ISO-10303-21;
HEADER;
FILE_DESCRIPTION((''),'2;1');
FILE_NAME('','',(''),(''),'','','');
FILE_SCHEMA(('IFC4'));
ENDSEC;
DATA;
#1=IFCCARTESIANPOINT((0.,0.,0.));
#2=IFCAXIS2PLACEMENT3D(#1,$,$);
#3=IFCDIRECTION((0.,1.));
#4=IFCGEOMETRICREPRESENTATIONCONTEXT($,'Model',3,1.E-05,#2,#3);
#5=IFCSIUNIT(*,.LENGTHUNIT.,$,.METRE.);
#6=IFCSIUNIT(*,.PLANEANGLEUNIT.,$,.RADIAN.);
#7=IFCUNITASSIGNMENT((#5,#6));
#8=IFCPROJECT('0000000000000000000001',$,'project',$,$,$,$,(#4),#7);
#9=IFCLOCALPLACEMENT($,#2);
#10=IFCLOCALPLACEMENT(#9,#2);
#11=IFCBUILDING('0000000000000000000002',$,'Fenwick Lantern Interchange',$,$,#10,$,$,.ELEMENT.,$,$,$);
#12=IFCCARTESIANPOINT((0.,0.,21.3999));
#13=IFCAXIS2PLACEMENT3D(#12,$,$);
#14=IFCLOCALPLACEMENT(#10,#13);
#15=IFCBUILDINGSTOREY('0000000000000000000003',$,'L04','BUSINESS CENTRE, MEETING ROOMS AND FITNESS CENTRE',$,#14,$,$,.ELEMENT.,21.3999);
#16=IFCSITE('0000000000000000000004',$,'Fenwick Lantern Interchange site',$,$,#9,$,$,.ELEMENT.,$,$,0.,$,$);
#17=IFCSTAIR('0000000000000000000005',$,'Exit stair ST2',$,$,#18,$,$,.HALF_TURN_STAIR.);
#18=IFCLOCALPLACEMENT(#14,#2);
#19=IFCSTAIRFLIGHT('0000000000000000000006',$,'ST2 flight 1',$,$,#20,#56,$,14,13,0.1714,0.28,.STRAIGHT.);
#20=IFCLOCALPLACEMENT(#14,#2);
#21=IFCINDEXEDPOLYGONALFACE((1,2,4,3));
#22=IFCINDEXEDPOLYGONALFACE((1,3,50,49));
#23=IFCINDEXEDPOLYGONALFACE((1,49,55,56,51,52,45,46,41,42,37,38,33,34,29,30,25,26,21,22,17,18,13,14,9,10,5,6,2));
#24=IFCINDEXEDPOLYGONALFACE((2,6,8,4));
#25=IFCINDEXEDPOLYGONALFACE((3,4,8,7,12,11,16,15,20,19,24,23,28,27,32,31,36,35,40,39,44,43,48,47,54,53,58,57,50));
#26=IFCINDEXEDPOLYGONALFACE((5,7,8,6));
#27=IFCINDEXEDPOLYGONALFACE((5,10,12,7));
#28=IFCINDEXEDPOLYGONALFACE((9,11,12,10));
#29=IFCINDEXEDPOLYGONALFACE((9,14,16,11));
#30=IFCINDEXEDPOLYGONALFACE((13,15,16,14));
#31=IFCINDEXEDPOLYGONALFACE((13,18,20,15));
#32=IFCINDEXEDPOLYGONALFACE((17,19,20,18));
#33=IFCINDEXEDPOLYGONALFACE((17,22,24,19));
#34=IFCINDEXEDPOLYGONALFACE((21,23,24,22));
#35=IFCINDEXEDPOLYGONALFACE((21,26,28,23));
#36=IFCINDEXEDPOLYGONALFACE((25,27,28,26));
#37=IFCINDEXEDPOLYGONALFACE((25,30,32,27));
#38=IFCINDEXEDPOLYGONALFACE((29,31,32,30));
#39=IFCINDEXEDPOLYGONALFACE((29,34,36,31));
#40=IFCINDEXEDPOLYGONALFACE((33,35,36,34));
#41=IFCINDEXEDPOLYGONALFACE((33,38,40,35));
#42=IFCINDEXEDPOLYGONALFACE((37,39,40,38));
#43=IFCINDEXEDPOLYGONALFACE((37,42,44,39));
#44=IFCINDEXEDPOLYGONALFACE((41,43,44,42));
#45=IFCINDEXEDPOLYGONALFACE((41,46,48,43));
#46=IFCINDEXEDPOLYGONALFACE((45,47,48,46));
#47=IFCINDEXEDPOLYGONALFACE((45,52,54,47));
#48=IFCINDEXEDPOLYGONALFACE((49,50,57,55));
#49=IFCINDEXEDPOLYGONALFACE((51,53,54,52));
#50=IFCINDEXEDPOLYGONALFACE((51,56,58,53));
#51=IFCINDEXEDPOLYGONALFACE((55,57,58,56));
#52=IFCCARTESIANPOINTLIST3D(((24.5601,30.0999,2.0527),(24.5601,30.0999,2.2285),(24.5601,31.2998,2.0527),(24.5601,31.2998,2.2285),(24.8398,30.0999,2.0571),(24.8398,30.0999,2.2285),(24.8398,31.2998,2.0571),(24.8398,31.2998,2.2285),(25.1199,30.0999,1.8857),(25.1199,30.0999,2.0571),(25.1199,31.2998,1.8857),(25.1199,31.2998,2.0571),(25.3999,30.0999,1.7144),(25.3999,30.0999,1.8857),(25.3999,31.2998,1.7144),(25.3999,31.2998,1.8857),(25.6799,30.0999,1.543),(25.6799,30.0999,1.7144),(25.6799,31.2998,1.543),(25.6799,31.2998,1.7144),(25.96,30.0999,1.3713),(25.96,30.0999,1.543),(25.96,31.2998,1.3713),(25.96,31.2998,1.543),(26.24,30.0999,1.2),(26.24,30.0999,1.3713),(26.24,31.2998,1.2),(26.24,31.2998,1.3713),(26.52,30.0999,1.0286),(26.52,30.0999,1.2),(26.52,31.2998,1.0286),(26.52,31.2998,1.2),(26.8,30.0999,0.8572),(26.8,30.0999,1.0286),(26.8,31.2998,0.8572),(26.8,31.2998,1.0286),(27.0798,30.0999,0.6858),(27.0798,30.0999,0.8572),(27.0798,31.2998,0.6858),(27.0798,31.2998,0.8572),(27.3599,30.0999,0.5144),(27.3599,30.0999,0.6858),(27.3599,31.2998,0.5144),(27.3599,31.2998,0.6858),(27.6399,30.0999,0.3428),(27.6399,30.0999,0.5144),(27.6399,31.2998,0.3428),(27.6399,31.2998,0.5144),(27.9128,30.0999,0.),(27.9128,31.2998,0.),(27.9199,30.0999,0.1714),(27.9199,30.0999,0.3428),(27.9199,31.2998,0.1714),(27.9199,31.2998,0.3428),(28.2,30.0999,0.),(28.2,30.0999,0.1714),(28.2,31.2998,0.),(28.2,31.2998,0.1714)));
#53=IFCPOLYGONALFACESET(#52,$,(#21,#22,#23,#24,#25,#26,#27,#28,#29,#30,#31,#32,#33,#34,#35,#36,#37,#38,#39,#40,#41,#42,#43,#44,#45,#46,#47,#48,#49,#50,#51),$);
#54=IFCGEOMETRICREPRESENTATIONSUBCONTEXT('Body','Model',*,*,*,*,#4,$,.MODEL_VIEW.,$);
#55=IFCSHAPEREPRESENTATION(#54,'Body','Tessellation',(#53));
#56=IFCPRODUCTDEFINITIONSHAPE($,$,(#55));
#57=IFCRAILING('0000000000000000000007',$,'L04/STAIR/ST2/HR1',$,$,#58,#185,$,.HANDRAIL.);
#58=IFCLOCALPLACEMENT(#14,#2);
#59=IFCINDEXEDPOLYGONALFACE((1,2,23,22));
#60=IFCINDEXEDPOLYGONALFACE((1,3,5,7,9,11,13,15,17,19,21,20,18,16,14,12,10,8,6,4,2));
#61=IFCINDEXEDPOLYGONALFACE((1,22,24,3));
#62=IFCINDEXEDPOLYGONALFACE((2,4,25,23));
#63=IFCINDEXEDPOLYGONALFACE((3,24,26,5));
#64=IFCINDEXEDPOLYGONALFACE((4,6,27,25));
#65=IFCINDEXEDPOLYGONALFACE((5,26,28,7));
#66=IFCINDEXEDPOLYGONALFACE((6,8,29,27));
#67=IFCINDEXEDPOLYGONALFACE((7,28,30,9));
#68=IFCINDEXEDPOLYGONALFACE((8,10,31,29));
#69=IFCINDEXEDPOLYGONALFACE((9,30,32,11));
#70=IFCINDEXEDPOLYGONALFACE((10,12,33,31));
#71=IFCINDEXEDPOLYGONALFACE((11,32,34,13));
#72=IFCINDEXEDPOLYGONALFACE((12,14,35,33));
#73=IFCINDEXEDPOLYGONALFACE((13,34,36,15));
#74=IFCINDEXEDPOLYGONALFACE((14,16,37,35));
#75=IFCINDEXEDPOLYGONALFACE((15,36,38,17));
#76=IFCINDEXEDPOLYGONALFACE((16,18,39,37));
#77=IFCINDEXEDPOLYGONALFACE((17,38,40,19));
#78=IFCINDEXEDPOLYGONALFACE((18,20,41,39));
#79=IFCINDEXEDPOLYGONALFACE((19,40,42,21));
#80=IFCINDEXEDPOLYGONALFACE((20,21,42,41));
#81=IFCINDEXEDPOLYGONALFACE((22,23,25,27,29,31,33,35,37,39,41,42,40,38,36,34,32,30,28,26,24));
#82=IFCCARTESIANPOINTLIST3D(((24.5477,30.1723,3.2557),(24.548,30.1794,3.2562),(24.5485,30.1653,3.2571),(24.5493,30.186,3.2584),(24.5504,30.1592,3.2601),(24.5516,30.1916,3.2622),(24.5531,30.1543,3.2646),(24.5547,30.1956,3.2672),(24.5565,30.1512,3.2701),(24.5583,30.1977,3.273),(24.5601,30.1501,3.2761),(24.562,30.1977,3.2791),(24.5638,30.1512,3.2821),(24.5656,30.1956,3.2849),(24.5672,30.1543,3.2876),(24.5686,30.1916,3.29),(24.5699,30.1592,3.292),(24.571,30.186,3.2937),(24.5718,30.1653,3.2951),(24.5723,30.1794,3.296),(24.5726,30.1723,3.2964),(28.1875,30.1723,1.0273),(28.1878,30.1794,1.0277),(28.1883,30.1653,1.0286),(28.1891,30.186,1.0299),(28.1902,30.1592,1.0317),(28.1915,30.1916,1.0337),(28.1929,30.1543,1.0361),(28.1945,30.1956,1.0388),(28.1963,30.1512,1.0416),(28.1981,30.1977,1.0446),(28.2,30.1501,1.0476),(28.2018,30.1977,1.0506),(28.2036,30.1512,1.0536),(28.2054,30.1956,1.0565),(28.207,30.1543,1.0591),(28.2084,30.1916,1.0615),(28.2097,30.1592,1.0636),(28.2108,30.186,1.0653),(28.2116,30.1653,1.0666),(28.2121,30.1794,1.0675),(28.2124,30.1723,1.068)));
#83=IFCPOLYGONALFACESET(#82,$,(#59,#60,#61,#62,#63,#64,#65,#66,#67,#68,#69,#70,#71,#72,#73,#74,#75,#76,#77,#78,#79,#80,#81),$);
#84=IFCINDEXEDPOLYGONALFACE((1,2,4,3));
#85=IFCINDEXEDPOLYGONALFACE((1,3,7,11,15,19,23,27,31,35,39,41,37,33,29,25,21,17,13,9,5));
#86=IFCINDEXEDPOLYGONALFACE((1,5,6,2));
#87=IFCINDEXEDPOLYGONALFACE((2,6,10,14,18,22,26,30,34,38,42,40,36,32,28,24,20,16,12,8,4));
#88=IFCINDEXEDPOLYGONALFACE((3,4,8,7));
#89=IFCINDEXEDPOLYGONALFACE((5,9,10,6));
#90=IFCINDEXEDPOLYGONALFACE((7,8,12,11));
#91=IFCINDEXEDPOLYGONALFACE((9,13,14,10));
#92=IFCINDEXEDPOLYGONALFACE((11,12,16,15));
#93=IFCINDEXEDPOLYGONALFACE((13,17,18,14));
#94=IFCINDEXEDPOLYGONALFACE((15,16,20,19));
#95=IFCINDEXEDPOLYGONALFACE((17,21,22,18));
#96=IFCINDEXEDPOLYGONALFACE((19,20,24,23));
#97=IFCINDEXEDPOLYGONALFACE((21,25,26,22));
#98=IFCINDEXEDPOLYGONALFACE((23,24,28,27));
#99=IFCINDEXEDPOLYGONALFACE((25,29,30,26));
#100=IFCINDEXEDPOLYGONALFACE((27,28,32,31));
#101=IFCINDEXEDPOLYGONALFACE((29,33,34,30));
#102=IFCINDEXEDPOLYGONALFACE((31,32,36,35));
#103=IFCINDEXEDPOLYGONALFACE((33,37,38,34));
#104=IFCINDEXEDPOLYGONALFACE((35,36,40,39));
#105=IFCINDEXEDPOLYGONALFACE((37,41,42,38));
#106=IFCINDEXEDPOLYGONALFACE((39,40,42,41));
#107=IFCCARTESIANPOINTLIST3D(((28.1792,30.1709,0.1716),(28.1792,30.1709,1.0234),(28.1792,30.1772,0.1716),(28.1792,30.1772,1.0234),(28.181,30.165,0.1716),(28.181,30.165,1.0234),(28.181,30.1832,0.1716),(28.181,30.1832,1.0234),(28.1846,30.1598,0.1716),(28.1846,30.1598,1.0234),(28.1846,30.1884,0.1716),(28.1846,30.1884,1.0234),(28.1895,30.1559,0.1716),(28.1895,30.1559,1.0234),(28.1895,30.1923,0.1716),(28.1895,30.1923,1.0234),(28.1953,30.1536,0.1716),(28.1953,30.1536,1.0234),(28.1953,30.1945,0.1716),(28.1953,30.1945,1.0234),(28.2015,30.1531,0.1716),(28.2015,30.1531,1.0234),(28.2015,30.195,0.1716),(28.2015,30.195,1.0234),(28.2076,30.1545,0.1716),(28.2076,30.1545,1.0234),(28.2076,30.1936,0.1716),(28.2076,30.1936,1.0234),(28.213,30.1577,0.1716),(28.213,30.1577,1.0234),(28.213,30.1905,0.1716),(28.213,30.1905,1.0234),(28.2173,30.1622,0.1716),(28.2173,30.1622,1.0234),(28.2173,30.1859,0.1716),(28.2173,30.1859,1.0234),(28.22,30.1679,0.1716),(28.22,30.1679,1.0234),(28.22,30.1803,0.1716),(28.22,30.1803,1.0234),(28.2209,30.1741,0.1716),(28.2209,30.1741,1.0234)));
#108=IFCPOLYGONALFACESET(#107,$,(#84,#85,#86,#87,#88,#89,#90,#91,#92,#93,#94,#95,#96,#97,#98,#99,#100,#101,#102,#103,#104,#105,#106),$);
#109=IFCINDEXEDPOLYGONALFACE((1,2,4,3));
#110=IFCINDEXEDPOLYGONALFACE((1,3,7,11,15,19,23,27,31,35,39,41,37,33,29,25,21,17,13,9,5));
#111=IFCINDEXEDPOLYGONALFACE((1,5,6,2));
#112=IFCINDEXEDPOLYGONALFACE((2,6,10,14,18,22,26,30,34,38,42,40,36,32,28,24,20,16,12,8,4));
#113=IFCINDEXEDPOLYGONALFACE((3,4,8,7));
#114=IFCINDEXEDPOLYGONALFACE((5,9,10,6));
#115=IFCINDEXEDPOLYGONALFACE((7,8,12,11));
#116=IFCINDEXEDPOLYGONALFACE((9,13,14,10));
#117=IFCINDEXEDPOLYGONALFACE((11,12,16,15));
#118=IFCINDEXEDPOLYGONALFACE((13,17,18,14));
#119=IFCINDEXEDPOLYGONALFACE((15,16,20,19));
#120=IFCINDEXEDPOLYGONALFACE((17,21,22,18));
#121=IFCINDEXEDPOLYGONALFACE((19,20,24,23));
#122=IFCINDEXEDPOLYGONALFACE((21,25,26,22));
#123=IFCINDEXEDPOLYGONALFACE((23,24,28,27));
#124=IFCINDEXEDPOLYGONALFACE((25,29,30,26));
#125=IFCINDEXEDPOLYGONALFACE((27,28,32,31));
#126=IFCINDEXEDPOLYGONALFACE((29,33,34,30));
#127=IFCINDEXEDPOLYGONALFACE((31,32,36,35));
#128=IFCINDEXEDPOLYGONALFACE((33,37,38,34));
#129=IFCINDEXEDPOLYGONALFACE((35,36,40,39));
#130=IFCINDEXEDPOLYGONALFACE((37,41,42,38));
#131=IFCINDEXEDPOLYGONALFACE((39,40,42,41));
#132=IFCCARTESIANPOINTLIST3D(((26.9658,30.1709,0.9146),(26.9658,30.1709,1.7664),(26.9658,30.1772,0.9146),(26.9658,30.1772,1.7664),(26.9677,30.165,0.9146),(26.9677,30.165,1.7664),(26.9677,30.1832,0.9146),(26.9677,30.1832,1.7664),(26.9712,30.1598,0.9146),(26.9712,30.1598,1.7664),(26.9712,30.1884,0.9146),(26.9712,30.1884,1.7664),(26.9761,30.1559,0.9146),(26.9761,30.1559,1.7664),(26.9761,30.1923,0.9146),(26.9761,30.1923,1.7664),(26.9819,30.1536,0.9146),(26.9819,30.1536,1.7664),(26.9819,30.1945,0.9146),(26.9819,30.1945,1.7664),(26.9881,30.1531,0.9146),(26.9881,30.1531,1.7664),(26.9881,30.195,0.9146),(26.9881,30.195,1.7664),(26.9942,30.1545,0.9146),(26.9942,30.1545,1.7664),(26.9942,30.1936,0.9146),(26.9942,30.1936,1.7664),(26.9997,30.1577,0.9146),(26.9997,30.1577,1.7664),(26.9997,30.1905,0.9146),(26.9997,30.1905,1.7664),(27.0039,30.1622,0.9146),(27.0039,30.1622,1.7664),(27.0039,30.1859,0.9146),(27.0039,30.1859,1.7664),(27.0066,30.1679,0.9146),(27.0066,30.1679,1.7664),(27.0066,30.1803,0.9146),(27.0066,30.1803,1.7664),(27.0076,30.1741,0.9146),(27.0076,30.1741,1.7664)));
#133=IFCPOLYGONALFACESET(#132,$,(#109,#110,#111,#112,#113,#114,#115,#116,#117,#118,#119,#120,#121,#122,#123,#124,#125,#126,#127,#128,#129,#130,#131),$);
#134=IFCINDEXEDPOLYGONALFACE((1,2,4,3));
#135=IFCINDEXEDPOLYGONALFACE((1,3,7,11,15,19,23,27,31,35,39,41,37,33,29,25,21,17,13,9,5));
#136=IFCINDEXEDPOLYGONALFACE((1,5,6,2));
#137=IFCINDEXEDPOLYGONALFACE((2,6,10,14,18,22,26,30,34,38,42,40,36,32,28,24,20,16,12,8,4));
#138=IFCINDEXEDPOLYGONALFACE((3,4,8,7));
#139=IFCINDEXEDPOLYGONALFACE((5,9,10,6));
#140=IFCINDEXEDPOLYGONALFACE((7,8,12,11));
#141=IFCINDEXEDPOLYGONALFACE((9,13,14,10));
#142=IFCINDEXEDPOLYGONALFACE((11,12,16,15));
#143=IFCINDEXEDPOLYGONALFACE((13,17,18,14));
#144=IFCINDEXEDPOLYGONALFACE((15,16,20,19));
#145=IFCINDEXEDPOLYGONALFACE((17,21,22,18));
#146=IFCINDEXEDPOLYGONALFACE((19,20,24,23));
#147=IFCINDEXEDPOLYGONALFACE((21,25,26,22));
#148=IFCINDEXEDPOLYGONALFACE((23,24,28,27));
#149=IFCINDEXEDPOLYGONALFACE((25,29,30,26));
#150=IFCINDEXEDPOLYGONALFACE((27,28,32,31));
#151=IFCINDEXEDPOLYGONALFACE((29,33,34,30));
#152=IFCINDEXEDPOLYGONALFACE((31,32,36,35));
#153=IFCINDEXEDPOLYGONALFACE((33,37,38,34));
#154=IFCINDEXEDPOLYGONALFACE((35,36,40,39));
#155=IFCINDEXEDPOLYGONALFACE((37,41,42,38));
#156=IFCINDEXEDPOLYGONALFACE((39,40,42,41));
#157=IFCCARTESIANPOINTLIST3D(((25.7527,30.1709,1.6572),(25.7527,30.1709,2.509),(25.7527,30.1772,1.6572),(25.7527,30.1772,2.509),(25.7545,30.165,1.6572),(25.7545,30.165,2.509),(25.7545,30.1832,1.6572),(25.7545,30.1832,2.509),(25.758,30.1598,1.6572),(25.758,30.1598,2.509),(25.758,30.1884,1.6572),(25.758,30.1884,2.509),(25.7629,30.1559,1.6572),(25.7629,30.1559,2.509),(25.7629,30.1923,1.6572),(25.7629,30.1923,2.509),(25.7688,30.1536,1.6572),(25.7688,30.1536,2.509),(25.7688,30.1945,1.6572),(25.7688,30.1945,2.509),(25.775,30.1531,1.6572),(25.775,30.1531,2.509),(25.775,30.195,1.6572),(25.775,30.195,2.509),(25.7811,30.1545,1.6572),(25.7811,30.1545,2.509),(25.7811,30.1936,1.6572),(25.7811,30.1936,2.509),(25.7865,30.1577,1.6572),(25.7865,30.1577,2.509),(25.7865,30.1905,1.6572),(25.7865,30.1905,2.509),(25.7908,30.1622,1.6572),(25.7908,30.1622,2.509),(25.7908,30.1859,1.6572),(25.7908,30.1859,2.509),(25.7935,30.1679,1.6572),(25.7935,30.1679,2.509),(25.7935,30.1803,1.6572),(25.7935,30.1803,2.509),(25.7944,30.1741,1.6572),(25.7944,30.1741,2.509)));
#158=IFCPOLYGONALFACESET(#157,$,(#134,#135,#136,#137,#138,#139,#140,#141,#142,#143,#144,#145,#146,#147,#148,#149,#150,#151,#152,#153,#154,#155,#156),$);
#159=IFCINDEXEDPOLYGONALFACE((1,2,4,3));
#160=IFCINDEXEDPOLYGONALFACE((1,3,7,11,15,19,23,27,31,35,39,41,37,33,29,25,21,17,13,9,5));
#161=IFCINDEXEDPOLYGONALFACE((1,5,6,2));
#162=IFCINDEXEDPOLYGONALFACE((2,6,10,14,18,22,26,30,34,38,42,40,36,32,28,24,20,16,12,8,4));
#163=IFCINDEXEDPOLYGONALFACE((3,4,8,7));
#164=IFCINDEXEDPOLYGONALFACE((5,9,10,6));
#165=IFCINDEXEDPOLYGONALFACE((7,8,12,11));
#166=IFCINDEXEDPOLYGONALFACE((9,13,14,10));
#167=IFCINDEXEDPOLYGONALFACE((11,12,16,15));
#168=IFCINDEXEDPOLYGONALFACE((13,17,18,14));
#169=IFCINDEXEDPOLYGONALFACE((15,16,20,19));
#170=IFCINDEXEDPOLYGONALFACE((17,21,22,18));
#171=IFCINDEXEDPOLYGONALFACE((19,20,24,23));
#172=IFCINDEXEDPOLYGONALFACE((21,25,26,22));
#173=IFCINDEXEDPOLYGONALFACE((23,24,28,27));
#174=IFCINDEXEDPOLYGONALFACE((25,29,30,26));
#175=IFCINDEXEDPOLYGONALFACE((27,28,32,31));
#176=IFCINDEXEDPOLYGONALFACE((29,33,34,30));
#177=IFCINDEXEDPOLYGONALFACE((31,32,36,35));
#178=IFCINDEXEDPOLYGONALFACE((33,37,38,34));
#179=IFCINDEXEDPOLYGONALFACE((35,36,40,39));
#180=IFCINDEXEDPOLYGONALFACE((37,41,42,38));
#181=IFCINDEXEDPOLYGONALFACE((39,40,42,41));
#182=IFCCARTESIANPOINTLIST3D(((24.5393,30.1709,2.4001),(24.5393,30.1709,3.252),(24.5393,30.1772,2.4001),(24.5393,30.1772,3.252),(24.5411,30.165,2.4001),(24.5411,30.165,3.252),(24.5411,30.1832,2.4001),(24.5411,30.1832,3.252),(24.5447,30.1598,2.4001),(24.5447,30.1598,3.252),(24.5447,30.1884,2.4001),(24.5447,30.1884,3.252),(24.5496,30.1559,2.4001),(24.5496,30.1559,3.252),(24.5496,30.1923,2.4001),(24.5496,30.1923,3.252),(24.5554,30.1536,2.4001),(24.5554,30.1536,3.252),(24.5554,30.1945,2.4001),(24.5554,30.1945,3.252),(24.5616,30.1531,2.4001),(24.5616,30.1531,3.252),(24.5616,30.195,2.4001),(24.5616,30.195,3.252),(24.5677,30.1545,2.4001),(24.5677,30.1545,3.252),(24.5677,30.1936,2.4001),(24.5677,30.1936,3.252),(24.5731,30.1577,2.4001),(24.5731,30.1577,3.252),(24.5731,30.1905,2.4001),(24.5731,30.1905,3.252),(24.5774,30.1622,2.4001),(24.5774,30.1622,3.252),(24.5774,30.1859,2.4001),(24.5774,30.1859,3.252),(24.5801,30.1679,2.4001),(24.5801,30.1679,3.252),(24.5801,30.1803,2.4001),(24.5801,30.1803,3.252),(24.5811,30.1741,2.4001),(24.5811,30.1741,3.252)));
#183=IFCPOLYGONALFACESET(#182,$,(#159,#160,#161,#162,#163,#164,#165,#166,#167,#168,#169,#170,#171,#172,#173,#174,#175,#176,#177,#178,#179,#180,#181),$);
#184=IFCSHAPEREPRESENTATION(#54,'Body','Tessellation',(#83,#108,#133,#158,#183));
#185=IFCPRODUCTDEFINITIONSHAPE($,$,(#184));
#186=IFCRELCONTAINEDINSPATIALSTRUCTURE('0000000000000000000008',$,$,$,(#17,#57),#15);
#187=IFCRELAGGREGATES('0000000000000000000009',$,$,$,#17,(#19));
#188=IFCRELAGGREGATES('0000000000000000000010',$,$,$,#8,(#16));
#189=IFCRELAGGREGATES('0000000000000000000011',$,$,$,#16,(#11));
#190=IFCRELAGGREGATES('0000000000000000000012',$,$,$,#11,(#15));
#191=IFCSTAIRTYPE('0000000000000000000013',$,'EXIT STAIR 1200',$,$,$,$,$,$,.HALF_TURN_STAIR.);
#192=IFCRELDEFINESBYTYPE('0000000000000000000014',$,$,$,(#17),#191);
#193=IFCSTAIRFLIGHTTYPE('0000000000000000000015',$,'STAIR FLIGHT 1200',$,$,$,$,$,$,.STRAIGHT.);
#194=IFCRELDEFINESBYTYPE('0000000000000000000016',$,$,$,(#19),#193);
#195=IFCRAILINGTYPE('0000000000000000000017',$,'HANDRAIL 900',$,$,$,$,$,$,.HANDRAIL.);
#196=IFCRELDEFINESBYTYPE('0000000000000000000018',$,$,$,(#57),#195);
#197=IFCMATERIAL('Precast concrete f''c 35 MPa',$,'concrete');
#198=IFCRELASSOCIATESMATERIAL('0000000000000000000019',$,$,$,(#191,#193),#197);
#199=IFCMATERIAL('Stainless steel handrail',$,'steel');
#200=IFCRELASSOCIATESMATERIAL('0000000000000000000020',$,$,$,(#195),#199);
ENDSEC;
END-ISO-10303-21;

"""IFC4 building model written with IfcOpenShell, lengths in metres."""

from ifc_helpers import new_model, si_unit, direction, frame, origin, origin_2d, place, context, subcontext, project, spatial, polyline, circle, outline, extrude, material, type_object, element, aggregate, save


model = new_model("IFC4")

# Units and contexts
model_context = context("Model", 3, precision=1e-05, world=origin(), true_north=direction((0.0, 1.0)))
body_context = subcontext(model_context, "Body", "Model", "MODEL_VIEW")
ifc_project = project(units=[si_unit("LENGTHUNIT", "METRE"), si_unit("PLANEANGLEUNIT", "RADIAN")], contexts=[model_context])

# Site, building, storey
site_placement = place(None, origin())
site = spatial("IfcSite", under=ifc_project, at=site_placement, Name="Fenwick Lantern Interchange site", CompositionType="ELEMENT", RefElevation=0.0)
building_placement = place(site_placement, origin())
building = spatial("IfcBuilding", under=site, at=building_placement, Name="Fenwick Lantern Interchange", CompositionType="ELEMENT")
storey_placement = place(building_placement, frame((0.0, 0.0, 21.3999)))
storey = spatial("IfcBuildingStorey", under=building, at=storey_placement, Name="L04", Description="BUSINESS CENTRE, MEETING ROOMS AND FITNESS CENTRE", CompositionType="ELEMENT", Elevation=21.3999)

# Stair, stair flight
ifc_material_1 = material(Name="Precast concrete f'c 35 MPa", Category="concrete")
stair_type = type_object("IfcStairType", Name="EXIT STAIR 1200", PredefinedType="HALF_TURN_STAIR", material=ifc_material_1)
stair_placement = place(storey_placement, origin())
stair = element("IfcStair", 1, at=stair_placement, inside=storey, type_object=stair_type, Name="Exit stair ST2", PredefinedType="HALF_TURN_STAIR")
stair_flight_type = type_object("IfcStairFlightType", Name="STAIR FLIGHT 1200", PredefinedType="STRAIGHT", material=ifc_material_1)
stair_flight_placement = place(storey_placement, frame((28.2, 30.7, 0.0), z_axis=(0.0, 0.0, 1.0), x_axis=(-1.0, 0.0, 0.0)))
stair_flight = element("IfcStairFlight", 2, at=stair_flight_placement, type_object=stair_flight_type, Name="ST2 flight 1", NumberOfRisers=14, NumberOfTreads=13, PredefinedType="STRAIGHT", RiserHeight=0.1714, TreadLength=0.28, context=body_context, shape_type="SweptSolid", body=[
    extrude(outline(polyline([(0.0, 0.0), (0.0, 0.1714), (0.28, 0.1714), (0.28, 0.3428), (0.5601, 0.3428), (0.5601, 0.5144), (0.8401, 0.5144), (0.8401, 0.6858), (1.1201, 0.6858), (1.1201, 0.8572), (1.3999, 0.8572), (1.3999, 1.0286), (1.6799, 1.0286), (1.6799, 1.2), (1.96, 1.2), (1.96, 1.3713), (2.24, 1.3713), (2.24, 1.543), (2.52, 1.543), (2.52, 1.7144), (2.8, 1.7144), (2.8, 1.8857), (3.0801, 1.8857), (3.0801, 2.0571), (3.3601, 2.0571), (3.3601, 2.2285), (3.6399, 2.2285), (3.6399, 2.3999), (3.6399, 2.0527), (0.2871, 0.0), (0.0, 0.0)])), frame((0.0, 0.6001, 0.0), z_axis=(0.0, -1.0, 0.0), x_axis=(1.0, 0.0, 0.0)), (0.0, 0.0, 1.0), 1.2),
])
aggregate(stair, [stair_flight])

# Railing
ifc_material_2 = material(Name="Stainless steel handrail", Category="steel")
railing_type = type_object("IfcRailingType", Name="HANDRAIL 900", PredefinedType="HANDRAIL", material=ifc_material_2)
railing_placement = place(storey_placement, frame((28.2, 30.1741, 0.1716)))
element("IfcRailing", 3, at=railing_placement, inside=storey, type_object=railing_type, Name="L04/STAIR/ST2/HR1", PredefinedType="HANDRAIL", context=body_context, shape_type="SweptSolid", body=[
    extrude(circle(Radius=0.0239, at=origin_2d()), frame((0.0, 0.0, 0.876), z_axis=(-0.85285, 0.0, 0.522156), x_axis=(0.0, -1.0, 0.0)), (0.0, 0.0, 1.0), 4.2678),
    extrude(circle(Radius=0.021, at=origin_2d()), origin(), (0.0, 0.0, 1.0), 0.8518),
    extrude(circle(Radius=0.021, at=origin_2d()), frame((-1.2134, 0.0, 0.7429)), (0.0, 0.0, 1.0), 0.8518),
    extrude(circle(Radius=0.021, at=origin_2d()), frame((-2.4265, 0.0, 1.4856)), (0.0, 0.0, 1.0), 0.8518),
    extrude(circle(Radius=0.021, at=origin_2d()), frame((-3.6399, 0.0, 2.2285)), (0.0, 0.0, 1.0), 0.8518),
])

save(model, "model.ifc")
